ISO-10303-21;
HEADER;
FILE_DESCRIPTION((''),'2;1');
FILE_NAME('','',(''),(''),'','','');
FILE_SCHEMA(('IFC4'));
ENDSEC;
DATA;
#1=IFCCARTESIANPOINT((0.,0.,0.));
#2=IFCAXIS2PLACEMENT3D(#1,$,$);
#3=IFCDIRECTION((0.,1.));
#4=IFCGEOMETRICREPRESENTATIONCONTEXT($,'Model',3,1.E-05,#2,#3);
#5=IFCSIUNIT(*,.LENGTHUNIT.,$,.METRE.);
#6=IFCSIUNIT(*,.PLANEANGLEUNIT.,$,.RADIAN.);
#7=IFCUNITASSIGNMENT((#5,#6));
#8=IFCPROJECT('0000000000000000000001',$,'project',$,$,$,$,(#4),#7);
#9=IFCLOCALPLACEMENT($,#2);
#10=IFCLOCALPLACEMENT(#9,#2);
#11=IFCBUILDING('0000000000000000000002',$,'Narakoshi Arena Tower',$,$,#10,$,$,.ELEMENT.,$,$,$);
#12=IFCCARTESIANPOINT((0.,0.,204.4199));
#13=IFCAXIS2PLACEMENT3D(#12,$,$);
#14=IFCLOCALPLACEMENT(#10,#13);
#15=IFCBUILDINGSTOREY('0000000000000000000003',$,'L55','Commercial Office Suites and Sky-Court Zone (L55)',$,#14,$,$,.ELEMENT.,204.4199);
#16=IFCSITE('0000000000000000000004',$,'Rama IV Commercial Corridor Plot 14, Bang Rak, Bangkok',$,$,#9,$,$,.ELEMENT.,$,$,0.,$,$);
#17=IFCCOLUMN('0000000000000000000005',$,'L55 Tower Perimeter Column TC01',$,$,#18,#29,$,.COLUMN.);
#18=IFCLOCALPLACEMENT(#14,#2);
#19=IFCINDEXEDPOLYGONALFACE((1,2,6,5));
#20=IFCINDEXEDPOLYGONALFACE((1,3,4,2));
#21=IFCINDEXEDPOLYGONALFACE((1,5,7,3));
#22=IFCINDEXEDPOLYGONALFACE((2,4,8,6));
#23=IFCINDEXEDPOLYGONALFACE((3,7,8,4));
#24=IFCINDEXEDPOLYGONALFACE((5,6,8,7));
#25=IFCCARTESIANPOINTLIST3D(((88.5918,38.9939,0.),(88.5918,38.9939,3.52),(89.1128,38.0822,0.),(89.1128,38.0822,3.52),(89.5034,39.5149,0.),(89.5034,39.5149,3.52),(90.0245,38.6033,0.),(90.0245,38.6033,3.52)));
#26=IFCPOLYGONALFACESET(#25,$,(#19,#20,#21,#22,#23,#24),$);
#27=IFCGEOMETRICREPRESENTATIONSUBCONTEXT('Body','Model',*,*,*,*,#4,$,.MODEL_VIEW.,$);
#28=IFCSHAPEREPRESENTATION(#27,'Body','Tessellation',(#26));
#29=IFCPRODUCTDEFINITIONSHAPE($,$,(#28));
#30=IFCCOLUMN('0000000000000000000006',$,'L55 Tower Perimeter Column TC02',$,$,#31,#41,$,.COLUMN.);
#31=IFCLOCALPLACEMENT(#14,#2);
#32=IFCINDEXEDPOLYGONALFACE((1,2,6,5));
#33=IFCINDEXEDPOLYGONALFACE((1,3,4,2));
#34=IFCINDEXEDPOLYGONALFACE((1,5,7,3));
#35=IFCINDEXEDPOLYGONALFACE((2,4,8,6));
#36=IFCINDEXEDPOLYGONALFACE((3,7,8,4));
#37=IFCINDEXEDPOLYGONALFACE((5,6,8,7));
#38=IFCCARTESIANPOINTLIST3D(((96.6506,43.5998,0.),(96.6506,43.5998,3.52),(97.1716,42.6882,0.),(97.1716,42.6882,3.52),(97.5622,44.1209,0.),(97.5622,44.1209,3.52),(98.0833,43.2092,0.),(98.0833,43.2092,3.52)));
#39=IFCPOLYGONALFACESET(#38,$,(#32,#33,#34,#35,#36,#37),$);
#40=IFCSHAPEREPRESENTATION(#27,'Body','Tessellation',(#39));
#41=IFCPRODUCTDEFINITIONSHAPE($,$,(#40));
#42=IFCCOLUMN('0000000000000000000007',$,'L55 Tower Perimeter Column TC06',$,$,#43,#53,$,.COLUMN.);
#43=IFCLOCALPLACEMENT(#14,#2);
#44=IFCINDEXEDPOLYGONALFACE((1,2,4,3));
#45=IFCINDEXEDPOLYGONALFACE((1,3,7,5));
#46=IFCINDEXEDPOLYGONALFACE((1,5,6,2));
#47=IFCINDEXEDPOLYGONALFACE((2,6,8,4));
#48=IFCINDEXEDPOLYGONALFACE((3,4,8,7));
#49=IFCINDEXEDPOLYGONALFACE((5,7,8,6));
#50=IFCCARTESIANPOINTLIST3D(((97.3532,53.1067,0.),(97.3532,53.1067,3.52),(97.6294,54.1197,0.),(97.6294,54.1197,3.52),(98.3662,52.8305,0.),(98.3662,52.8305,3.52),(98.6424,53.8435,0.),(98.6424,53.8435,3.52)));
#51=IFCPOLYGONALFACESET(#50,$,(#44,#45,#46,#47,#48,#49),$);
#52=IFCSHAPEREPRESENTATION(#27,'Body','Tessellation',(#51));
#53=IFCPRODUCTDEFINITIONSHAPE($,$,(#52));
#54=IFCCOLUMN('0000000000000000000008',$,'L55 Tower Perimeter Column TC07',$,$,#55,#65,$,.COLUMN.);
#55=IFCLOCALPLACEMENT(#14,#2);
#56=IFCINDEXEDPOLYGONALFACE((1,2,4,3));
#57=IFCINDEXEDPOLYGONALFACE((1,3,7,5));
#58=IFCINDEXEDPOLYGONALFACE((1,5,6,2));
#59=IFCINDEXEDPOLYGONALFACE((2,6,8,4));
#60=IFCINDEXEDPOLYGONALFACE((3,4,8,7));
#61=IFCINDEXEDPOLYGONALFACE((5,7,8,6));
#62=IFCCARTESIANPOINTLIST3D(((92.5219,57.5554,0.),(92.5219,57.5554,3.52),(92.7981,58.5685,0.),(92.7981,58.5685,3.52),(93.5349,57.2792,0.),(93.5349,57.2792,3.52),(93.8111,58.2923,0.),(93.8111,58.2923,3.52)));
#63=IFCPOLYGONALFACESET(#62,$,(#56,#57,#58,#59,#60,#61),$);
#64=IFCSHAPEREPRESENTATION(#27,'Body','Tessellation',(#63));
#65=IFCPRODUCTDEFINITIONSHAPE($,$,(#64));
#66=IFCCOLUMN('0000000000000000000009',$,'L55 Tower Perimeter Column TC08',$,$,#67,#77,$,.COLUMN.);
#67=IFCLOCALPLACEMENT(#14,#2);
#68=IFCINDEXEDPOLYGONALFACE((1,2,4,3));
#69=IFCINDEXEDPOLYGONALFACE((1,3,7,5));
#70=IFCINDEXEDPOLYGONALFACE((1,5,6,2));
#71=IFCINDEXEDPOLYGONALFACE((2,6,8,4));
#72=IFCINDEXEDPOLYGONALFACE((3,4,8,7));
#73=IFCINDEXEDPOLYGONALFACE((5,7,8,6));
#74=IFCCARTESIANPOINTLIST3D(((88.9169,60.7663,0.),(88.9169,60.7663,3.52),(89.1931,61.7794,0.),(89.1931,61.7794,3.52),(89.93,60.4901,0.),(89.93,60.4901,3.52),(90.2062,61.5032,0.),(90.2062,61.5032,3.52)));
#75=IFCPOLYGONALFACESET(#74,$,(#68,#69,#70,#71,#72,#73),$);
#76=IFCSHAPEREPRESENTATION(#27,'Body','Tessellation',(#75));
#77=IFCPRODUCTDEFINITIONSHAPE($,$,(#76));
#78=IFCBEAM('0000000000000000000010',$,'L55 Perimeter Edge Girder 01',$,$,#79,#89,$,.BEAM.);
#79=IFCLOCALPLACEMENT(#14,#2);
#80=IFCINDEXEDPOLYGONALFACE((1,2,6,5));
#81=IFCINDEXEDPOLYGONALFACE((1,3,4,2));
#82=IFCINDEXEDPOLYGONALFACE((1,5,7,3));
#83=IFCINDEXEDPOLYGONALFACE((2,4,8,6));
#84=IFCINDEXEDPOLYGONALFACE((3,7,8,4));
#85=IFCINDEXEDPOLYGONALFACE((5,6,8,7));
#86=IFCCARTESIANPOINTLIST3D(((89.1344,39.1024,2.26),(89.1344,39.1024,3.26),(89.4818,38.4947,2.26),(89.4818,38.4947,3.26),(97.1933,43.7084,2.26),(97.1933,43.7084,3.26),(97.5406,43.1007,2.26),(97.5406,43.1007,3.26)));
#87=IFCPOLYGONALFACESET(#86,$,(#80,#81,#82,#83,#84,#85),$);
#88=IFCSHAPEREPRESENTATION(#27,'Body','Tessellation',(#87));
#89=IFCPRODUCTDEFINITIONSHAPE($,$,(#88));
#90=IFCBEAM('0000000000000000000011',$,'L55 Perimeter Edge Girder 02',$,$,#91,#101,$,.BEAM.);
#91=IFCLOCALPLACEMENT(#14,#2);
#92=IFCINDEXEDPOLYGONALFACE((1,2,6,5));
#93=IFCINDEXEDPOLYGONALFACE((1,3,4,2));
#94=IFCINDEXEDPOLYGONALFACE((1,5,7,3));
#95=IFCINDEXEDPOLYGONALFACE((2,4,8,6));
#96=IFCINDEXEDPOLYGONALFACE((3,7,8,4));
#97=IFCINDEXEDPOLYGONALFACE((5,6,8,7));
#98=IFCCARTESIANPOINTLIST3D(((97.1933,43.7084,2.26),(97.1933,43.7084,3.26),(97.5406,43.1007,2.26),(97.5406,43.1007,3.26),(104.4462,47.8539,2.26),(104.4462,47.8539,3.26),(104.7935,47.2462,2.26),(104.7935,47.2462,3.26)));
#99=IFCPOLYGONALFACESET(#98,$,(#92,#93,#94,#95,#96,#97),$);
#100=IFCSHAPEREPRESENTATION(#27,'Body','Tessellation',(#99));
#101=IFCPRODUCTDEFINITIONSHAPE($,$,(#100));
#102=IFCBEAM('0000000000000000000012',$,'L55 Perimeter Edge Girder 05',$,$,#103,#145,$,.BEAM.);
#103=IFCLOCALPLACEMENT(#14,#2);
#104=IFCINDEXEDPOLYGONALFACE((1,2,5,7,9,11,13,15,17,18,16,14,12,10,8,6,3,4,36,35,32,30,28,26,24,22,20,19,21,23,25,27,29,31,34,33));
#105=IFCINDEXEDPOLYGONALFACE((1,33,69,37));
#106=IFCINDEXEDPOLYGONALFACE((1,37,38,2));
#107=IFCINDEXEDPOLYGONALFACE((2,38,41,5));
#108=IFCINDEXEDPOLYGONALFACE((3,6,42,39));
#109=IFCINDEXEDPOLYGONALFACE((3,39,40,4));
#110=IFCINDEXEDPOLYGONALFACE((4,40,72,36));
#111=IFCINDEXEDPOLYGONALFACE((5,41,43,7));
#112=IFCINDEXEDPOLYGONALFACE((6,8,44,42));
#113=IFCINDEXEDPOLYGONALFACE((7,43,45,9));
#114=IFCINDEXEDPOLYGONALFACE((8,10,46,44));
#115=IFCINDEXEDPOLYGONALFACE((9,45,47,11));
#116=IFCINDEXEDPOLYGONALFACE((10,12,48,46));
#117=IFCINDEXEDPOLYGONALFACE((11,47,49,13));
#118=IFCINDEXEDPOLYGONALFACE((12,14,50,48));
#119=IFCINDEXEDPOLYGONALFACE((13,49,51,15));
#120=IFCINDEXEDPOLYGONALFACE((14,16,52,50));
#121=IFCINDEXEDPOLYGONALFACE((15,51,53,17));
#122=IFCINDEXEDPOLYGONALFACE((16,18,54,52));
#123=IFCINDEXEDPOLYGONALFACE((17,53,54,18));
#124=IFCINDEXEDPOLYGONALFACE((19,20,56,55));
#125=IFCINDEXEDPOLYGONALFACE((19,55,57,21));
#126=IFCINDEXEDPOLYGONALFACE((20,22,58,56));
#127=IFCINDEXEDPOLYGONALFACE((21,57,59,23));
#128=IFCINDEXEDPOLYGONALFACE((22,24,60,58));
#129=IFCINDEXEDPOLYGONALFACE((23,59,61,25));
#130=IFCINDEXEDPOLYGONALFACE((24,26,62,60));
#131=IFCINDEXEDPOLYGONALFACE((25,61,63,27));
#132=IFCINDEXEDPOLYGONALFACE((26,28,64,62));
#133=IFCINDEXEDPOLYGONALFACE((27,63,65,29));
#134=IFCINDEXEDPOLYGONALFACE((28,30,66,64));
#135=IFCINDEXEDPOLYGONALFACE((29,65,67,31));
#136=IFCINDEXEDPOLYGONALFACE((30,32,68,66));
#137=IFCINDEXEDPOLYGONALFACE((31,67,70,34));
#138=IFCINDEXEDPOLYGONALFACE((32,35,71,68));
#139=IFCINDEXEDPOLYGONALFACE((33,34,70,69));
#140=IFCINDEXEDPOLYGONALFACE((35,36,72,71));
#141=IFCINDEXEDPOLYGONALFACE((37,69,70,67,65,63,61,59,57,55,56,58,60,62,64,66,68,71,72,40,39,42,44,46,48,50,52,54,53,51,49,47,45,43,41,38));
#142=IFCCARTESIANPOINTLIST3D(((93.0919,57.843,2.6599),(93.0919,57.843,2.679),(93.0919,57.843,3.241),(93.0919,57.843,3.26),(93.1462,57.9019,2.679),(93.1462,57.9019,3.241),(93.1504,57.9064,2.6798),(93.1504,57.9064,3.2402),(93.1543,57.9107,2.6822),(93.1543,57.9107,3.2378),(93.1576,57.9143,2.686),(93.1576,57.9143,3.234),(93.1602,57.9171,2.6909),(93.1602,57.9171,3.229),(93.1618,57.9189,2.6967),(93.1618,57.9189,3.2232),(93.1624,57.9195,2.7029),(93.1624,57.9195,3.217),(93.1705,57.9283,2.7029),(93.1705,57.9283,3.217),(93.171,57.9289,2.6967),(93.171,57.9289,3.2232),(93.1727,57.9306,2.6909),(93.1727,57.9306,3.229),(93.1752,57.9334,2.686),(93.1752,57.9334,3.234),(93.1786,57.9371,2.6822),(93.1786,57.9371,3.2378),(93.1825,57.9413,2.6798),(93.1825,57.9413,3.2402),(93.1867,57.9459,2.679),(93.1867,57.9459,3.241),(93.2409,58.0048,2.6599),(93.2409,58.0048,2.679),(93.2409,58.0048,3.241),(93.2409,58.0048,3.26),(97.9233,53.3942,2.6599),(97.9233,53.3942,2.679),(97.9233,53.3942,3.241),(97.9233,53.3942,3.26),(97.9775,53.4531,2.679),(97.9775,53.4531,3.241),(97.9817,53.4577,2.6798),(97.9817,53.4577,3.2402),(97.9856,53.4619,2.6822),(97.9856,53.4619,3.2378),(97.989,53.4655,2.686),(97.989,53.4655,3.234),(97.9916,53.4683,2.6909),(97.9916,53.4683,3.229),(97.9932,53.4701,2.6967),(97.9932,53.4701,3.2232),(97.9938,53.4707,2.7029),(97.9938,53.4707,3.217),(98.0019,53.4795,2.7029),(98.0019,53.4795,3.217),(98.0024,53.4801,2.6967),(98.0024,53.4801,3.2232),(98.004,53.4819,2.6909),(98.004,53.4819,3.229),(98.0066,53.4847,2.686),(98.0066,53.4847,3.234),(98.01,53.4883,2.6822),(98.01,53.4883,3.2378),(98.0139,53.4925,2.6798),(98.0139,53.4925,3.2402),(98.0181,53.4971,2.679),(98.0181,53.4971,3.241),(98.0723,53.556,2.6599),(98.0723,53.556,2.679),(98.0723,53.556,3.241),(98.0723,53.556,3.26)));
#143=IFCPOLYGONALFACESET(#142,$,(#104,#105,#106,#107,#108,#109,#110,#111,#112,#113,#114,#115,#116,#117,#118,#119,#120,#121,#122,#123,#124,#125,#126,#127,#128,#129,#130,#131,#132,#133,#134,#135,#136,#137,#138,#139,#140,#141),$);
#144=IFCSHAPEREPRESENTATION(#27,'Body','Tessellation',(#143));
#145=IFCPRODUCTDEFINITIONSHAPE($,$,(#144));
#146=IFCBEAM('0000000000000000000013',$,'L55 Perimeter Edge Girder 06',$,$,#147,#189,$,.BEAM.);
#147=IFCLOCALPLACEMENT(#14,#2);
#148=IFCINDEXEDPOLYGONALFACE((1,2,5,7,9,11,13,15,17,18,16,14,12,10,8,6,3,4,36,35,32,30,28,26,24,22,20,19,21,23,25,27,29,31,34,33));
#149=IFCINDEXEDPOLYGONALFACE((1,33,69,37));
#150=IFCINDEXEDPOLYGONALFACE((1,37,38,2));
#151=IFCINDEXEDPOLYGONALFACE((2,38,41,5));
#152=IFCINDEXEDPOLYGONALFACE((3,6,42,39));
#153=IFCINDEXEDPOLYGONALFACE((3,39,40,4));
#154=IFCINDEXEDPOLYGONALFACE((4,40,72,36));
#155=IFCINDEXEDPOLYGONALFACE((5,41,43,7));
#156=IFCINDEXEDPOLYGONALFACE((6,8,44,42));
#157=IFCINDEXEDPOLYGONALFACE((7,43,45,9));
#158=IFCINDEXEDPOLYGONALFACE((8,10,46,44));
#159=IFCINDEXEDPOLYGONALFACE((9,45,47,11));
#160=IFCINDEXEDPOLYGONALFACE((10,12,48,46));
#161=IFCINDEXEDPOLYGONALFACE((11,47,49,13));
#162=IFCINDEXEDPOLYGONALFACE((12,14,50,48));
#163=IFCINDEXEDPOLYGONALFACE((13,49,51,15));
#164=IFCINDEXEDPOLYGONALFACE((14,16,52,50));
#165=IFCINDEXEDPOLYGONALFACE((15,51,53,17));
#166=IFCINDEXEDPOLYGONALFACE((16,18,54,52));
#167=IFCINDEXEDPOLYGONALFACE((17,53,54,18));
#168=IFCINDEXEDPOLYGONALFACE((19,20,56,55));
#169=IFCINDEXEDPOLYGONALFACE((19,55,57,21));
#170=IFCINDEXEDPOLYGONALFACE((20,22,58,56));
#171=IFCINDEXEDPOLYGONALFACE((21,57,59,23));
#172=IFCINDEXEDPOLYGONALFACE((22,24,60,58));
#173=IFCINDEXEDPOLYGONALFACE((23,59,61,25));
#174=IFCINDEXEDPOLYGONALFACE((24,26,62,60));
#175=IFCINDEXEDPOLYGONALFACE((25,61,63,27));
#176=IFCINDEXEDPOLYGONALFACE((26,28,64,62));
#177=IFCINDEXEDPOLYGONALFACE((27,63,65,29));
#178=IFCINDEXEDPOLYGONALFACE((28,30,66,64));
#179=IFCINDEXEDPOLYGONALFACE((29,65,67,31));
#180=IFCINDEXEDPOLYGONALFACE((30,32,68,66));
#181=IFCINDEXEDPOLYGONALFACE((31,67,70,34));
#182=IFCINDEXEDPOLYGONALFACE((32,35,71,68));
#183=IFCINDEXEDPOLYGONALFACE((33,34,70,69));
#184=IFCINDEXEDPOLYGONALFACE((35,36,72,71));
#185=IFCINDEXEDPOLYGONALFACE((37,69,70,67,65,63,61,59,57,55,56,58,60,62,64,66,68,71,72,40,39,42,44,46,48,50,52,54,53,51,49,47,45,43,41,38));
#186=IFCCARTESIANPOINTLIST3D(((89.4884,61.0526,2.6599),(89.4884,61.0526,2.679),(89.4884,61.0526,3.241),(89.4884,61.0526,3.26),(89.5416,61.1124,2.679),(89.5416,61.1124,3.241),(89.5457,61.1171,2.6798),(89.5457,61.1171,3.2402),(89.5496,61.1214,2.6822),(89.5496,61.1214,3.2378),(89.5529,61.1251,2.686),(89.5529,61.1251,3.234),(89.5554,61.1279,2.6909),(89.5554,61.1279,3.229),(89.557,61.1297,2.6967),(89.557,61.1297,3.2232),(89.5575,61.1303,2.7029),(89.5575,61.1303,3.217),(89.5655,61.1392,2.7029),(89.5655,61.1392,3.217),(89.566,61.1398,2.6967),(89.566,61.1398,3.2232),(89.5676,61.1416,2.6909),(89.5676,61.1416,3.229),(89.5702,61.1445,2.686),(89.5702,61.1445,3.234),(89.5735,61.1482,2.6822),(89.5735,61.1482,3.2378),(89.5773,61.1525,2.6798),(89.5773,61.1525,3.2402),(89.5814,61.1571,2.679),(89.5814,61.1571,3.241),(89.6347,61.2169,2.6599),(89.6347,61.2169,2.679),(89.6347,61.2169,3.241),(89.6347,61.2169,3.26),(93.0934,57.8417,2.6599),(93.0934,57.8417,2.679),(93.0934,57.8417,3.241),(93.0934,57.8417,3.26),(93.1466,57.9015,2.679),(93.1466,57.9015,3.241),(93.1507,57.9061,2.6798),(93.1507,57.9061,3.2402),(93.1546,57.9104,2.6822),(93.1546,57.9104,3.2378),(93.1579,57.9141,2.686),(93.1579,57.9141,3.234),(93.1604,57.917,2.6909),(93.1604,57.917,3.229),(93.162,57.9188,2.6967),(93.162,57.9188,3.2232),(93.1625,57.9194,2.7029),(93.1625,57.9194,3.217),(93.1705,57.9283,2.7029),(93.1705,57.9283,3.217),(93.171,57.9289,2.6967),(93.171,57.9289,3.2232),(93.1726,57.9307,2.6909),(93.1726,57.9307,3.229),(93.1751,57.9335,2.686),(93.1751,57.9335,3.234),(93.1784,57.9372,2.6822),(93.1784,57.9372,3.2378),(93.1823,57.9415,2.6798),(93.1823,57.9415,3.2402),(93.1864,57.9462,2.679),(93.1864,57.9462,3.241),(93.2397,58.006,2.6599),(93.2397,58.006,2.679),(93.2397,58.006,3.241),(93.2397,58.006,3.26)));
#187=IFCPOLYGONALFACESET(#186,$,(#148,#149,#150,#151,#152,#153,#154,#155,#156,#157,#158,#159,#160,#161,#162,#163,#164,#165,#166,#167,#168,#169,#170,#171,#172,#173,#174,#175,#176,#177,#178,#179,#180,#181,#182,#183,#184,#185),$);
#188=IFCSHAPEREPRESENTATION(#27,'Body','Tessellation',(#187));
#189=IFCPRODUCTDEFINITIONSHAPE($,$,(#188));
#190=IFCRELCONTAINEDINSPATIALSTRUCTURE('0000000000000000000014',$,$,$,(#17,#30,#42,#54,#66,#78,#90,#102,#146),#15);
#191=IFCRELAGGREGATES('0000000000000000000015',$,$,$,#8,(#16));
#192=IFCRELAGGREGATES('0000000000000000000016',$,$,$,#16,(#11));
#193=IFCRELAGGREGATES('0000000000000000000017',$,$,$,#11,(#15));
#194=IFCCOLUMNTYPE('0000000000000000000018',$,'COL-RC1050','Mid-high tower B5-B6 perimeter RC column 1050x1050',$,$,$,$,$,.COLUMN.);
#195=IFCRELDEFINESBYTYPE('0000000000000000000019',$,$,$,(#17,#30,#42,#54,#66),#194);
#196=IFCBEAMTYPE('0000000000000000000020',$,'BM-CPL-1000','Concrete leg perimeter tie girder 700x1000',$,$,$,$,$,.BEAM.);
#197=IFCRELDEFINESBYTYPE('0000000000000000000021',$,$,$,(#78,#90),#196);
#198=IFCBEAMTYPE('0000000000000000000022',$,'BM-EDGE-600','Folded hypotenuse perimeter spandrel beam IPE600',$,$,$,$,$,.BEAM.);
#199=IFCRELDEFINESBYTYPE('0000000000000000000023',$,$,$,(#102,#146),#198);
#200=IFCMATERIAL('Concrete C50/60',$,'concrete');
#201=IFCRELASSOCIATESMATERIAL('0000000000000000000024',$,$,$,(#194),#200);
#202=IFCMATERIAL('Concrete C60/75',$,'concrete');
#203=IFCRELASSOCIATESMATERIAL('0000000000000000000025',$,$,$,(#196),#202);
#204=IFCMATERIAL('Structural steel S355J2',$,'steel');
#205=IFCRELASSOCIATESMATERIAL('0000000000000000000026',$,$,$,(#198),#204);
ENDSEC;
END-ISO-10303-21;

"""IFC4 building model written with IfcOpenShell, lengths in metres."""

from ifc_helpers import new_model, si_unit, direction, frame, origin, origin_2d, place, context, subcontext, project, spatial, rectangle, i_section, extrude, material, material_profile, profile_set, type_object, element, save


model = new_model("IFC4")

# Units and contexts
model_context = context("Model", 3, precision=1e-05, world=origin(), true_north=direction((0.0, 1.0)))
body_context = subcontext(model_context, "Body", "Model", "MODEL_VIEW")
ifc_project = project(units=[si_unit("LENGTHUNIT", "METRE"), si_unit("PLANEANGLEUNIT", "RADIAN")], contexts=[model_context])

# Site, building, storey
site_placement = place(None, origin())
site = spatial("IfcSite", under=ifc_project, at=site_placement, Name="Rama IV Commercial Corridor Plot 14, Bang Rak, Bangkok", CompositionType="ELEMENT", RefElevation=0.0)
building_placement = place(site_placement, origin())
building = spatial("IfcBuilding", under=site, at=building_placement, Name="Narakoshi Arena Tower", CompositionType="ELEMENT")
storey_placement = place(building_placement, frame((0.0, 0.0, 204.4199)))
storey = spatial("IfcBuildingStorey", under=building, at=storey_placement, Name="L55", Description="Commercial Office Suites and Sky-Court Zone (L55)", CompositionType="ELEMENT", Elevation=204.4199)

# Columns
ifc_material_1 = material(Name="Concrete C50/60", Category="concrete")
ifc_material_profile_1 = material_profile(ifc_material_1, rectangle(XDim=1.05, YDim=1.05, at=origin_2d()), Name="RC1050x1050")
ifc_profile_set_1 = profile_set([ifc_material_profile_1], Name="Concrete C50/60")
column_type = type_object("IfcColumnType", Name="COL-RC1050", Description="Mid-high tower B5-B6 perimeter RC column 1050x1050", PredefinedType="COLUMN", material=ifc_profile_set_1)
for number, where, z_axis, x_axis, name in (
    (1, (89.3081, 38.7986, 0.0), (0.0, 0.0, 1.0), (0.868199, 0.496217, 0.0), "L55 Tower Perimeter Column TC01"),
    (2, (97.3669, 43.4045, 0.0), (0.0, 0.0, 1.0), (0.868199, 0.496217, 0.0), "L55 Tower Perimeter Column TC02"),
    (3, (97.9978, 53.4751, 0.0), (0.0, 0.0, 1.0), (0.263031, 0.964787, 0.0), "L55 Tower Perimeter Column TC06"),
    (4, (93.1665, 57.9238, 0.0), (0.0, 0.0, 1.0), (0.263031, 0.964787, 0.0), "L55 Tower Perimeter Column TC07"),
    (5, (89.5615, 61.1348, 0.0), (0.0, 0.0, 1.0), (0.263031, 0.964787, 0.0), "L55 Tower Perimeter Column TC08"),
):
    element("IfcColumn", number, at=place(storey_placement, frame(where, z_axis=z_axis, x_axis=x_axis)), inside=storey, type_object=column_type, Name=name, PredefinedType="COLUMN", context=body_context, shape_type="SweptSolid", body=[
        extrude(rectangle(XDim=1.05, YDim=1.05, at=origin_2d()), origin(), (0.0, 0.0, 1.0), 3.52),
    ])

# Beams
ifc_material_2 = material(Name="Concrete C60/75", Category="concrete")
ifc_material_profile_2 = material_profile(ifc_material_2, rectangle(XDim=0.7, YDim=1.0, at=origin_2d()), Name="RCB700x1000")
ifc_profile_set_2 = profile_set([ifc_material_profile_2], Name="Concrete C60/75")
beam_type_1 = type_object("IfcBeamType", Name="BM-CPL-1000", Description="Concrete leg perimeter tie girder 700x1000", PredefinedType="BEAM", material=ifc_profile_set_2)
beam_1_placement = place(storey_placement, frame((89.3081, 38.7986, 2.76), z_axis=(0.868201, 0.496213, 0.0), x_axis=(-0.496213, 0.868201, 0.0)))
element("IfcBeam", 6, at=beam_1_placement, inside=storey, type_object=beam_type_1, Name="L55 Perimeter Edge Girder 01", PredefinedType="BEAM", context=body_context, shape_type="SweptSolid", body=[
    extrude(rectangle(XDim=0.7, YDim=1.0, at=origin_2d()), origin(), (0.0, 0.0, 1.0), 9.2822),
])
beam_2_placement = place(storey_placement, frame((97.3669, 43.4045, 2.76), z_axis=(0.868193, 0.496227, 0.0), x_axis=(-0.496227, 0.868193, 0.0)))
element("IfcBeam", 7, at=beam_2_placement, inside=storey, type_object=beam_type_1, Name="L55 Perimeter Edge Girder 02", PredefinedType="BEAM", context=body_context, shape_type="SweptSolid", body=[
    extrude(rectangle(XDim=0.7, YDim=1.0, at=origin_2d()), origin(), (0.0, 0.0, 1.0), 8.354),
])
ifc_material_3 = material(Name="Structural steel S355J2", Category="steel")
ifc_material_profile_3 = material_profile(ifc_material_3, i_section(OverallWidth=0.22, OverallDepth=0.6001, WebThickness=0.012, FlangeThickness=0.019, FilletRadius=0.0239, at=origin_2d()), Name="IPE600")
ifc_profile_set_3 = profile_set([ifc_material_profile_3], Name="Structural steel S355J2")
beam_type_2 = type_object("IfcBeamType", Name="BM-EDGE-600", Description="Folded hypotenuse perimeter spandrel beam IPE600", PredefinedType="BEAM", material=ifc_profile_set_3)
beam_3_placement = place(storey_placement, frame((97.9978, 53.4751, 2.96), z_axis=(-0.735632, 0.677381, 0.0), x_axis=(-0.677381, -0.735632, 0.0)))
element("IfcBeam", 8, at=beam_3_placement, inside=storey, type_object=beam_type_2, Name="L55 Perimeter Edge Girder 05", PredefinedType="BEAM", context=body_context, shape_type="SweptSolid", body=[
    extrude(i_section(OverallWidth=0.22, OverallDepth=0.6001, WebThickness=0.012, FlangeThickness=0.019, FilletRadius=0.0239, at=origin_2d()), origin(), (0.0, 0.0, 1.0), 6.5676),
])
beam_4_placement = place(storey_placement, frame((93.1665, 57.9238, 2.96), z_axis=(-0.746739, 0.665117, 0.0), x_axis=(-0.665117, -0.746739, 0.0)))
element("IfcBeam", 9, at=beam_4_placement, inside=storey, type_object=beam_type_2, Name="L55 Perimeter Edge Girder 06", PredefinedType="BEAM", context=body_context, shape_type="SweptSolid", body=[
    extrude(i_section(OverallWidth=0.22, OverallDepth=0.6001, WebThickness=0.012, FlangeThickness=0.019, FilletRadius=0.0239, at=origin_2d()), origin(), (0.0, 0.0, 1.0), 4.8276),
])

save(model, "model.ifc")
